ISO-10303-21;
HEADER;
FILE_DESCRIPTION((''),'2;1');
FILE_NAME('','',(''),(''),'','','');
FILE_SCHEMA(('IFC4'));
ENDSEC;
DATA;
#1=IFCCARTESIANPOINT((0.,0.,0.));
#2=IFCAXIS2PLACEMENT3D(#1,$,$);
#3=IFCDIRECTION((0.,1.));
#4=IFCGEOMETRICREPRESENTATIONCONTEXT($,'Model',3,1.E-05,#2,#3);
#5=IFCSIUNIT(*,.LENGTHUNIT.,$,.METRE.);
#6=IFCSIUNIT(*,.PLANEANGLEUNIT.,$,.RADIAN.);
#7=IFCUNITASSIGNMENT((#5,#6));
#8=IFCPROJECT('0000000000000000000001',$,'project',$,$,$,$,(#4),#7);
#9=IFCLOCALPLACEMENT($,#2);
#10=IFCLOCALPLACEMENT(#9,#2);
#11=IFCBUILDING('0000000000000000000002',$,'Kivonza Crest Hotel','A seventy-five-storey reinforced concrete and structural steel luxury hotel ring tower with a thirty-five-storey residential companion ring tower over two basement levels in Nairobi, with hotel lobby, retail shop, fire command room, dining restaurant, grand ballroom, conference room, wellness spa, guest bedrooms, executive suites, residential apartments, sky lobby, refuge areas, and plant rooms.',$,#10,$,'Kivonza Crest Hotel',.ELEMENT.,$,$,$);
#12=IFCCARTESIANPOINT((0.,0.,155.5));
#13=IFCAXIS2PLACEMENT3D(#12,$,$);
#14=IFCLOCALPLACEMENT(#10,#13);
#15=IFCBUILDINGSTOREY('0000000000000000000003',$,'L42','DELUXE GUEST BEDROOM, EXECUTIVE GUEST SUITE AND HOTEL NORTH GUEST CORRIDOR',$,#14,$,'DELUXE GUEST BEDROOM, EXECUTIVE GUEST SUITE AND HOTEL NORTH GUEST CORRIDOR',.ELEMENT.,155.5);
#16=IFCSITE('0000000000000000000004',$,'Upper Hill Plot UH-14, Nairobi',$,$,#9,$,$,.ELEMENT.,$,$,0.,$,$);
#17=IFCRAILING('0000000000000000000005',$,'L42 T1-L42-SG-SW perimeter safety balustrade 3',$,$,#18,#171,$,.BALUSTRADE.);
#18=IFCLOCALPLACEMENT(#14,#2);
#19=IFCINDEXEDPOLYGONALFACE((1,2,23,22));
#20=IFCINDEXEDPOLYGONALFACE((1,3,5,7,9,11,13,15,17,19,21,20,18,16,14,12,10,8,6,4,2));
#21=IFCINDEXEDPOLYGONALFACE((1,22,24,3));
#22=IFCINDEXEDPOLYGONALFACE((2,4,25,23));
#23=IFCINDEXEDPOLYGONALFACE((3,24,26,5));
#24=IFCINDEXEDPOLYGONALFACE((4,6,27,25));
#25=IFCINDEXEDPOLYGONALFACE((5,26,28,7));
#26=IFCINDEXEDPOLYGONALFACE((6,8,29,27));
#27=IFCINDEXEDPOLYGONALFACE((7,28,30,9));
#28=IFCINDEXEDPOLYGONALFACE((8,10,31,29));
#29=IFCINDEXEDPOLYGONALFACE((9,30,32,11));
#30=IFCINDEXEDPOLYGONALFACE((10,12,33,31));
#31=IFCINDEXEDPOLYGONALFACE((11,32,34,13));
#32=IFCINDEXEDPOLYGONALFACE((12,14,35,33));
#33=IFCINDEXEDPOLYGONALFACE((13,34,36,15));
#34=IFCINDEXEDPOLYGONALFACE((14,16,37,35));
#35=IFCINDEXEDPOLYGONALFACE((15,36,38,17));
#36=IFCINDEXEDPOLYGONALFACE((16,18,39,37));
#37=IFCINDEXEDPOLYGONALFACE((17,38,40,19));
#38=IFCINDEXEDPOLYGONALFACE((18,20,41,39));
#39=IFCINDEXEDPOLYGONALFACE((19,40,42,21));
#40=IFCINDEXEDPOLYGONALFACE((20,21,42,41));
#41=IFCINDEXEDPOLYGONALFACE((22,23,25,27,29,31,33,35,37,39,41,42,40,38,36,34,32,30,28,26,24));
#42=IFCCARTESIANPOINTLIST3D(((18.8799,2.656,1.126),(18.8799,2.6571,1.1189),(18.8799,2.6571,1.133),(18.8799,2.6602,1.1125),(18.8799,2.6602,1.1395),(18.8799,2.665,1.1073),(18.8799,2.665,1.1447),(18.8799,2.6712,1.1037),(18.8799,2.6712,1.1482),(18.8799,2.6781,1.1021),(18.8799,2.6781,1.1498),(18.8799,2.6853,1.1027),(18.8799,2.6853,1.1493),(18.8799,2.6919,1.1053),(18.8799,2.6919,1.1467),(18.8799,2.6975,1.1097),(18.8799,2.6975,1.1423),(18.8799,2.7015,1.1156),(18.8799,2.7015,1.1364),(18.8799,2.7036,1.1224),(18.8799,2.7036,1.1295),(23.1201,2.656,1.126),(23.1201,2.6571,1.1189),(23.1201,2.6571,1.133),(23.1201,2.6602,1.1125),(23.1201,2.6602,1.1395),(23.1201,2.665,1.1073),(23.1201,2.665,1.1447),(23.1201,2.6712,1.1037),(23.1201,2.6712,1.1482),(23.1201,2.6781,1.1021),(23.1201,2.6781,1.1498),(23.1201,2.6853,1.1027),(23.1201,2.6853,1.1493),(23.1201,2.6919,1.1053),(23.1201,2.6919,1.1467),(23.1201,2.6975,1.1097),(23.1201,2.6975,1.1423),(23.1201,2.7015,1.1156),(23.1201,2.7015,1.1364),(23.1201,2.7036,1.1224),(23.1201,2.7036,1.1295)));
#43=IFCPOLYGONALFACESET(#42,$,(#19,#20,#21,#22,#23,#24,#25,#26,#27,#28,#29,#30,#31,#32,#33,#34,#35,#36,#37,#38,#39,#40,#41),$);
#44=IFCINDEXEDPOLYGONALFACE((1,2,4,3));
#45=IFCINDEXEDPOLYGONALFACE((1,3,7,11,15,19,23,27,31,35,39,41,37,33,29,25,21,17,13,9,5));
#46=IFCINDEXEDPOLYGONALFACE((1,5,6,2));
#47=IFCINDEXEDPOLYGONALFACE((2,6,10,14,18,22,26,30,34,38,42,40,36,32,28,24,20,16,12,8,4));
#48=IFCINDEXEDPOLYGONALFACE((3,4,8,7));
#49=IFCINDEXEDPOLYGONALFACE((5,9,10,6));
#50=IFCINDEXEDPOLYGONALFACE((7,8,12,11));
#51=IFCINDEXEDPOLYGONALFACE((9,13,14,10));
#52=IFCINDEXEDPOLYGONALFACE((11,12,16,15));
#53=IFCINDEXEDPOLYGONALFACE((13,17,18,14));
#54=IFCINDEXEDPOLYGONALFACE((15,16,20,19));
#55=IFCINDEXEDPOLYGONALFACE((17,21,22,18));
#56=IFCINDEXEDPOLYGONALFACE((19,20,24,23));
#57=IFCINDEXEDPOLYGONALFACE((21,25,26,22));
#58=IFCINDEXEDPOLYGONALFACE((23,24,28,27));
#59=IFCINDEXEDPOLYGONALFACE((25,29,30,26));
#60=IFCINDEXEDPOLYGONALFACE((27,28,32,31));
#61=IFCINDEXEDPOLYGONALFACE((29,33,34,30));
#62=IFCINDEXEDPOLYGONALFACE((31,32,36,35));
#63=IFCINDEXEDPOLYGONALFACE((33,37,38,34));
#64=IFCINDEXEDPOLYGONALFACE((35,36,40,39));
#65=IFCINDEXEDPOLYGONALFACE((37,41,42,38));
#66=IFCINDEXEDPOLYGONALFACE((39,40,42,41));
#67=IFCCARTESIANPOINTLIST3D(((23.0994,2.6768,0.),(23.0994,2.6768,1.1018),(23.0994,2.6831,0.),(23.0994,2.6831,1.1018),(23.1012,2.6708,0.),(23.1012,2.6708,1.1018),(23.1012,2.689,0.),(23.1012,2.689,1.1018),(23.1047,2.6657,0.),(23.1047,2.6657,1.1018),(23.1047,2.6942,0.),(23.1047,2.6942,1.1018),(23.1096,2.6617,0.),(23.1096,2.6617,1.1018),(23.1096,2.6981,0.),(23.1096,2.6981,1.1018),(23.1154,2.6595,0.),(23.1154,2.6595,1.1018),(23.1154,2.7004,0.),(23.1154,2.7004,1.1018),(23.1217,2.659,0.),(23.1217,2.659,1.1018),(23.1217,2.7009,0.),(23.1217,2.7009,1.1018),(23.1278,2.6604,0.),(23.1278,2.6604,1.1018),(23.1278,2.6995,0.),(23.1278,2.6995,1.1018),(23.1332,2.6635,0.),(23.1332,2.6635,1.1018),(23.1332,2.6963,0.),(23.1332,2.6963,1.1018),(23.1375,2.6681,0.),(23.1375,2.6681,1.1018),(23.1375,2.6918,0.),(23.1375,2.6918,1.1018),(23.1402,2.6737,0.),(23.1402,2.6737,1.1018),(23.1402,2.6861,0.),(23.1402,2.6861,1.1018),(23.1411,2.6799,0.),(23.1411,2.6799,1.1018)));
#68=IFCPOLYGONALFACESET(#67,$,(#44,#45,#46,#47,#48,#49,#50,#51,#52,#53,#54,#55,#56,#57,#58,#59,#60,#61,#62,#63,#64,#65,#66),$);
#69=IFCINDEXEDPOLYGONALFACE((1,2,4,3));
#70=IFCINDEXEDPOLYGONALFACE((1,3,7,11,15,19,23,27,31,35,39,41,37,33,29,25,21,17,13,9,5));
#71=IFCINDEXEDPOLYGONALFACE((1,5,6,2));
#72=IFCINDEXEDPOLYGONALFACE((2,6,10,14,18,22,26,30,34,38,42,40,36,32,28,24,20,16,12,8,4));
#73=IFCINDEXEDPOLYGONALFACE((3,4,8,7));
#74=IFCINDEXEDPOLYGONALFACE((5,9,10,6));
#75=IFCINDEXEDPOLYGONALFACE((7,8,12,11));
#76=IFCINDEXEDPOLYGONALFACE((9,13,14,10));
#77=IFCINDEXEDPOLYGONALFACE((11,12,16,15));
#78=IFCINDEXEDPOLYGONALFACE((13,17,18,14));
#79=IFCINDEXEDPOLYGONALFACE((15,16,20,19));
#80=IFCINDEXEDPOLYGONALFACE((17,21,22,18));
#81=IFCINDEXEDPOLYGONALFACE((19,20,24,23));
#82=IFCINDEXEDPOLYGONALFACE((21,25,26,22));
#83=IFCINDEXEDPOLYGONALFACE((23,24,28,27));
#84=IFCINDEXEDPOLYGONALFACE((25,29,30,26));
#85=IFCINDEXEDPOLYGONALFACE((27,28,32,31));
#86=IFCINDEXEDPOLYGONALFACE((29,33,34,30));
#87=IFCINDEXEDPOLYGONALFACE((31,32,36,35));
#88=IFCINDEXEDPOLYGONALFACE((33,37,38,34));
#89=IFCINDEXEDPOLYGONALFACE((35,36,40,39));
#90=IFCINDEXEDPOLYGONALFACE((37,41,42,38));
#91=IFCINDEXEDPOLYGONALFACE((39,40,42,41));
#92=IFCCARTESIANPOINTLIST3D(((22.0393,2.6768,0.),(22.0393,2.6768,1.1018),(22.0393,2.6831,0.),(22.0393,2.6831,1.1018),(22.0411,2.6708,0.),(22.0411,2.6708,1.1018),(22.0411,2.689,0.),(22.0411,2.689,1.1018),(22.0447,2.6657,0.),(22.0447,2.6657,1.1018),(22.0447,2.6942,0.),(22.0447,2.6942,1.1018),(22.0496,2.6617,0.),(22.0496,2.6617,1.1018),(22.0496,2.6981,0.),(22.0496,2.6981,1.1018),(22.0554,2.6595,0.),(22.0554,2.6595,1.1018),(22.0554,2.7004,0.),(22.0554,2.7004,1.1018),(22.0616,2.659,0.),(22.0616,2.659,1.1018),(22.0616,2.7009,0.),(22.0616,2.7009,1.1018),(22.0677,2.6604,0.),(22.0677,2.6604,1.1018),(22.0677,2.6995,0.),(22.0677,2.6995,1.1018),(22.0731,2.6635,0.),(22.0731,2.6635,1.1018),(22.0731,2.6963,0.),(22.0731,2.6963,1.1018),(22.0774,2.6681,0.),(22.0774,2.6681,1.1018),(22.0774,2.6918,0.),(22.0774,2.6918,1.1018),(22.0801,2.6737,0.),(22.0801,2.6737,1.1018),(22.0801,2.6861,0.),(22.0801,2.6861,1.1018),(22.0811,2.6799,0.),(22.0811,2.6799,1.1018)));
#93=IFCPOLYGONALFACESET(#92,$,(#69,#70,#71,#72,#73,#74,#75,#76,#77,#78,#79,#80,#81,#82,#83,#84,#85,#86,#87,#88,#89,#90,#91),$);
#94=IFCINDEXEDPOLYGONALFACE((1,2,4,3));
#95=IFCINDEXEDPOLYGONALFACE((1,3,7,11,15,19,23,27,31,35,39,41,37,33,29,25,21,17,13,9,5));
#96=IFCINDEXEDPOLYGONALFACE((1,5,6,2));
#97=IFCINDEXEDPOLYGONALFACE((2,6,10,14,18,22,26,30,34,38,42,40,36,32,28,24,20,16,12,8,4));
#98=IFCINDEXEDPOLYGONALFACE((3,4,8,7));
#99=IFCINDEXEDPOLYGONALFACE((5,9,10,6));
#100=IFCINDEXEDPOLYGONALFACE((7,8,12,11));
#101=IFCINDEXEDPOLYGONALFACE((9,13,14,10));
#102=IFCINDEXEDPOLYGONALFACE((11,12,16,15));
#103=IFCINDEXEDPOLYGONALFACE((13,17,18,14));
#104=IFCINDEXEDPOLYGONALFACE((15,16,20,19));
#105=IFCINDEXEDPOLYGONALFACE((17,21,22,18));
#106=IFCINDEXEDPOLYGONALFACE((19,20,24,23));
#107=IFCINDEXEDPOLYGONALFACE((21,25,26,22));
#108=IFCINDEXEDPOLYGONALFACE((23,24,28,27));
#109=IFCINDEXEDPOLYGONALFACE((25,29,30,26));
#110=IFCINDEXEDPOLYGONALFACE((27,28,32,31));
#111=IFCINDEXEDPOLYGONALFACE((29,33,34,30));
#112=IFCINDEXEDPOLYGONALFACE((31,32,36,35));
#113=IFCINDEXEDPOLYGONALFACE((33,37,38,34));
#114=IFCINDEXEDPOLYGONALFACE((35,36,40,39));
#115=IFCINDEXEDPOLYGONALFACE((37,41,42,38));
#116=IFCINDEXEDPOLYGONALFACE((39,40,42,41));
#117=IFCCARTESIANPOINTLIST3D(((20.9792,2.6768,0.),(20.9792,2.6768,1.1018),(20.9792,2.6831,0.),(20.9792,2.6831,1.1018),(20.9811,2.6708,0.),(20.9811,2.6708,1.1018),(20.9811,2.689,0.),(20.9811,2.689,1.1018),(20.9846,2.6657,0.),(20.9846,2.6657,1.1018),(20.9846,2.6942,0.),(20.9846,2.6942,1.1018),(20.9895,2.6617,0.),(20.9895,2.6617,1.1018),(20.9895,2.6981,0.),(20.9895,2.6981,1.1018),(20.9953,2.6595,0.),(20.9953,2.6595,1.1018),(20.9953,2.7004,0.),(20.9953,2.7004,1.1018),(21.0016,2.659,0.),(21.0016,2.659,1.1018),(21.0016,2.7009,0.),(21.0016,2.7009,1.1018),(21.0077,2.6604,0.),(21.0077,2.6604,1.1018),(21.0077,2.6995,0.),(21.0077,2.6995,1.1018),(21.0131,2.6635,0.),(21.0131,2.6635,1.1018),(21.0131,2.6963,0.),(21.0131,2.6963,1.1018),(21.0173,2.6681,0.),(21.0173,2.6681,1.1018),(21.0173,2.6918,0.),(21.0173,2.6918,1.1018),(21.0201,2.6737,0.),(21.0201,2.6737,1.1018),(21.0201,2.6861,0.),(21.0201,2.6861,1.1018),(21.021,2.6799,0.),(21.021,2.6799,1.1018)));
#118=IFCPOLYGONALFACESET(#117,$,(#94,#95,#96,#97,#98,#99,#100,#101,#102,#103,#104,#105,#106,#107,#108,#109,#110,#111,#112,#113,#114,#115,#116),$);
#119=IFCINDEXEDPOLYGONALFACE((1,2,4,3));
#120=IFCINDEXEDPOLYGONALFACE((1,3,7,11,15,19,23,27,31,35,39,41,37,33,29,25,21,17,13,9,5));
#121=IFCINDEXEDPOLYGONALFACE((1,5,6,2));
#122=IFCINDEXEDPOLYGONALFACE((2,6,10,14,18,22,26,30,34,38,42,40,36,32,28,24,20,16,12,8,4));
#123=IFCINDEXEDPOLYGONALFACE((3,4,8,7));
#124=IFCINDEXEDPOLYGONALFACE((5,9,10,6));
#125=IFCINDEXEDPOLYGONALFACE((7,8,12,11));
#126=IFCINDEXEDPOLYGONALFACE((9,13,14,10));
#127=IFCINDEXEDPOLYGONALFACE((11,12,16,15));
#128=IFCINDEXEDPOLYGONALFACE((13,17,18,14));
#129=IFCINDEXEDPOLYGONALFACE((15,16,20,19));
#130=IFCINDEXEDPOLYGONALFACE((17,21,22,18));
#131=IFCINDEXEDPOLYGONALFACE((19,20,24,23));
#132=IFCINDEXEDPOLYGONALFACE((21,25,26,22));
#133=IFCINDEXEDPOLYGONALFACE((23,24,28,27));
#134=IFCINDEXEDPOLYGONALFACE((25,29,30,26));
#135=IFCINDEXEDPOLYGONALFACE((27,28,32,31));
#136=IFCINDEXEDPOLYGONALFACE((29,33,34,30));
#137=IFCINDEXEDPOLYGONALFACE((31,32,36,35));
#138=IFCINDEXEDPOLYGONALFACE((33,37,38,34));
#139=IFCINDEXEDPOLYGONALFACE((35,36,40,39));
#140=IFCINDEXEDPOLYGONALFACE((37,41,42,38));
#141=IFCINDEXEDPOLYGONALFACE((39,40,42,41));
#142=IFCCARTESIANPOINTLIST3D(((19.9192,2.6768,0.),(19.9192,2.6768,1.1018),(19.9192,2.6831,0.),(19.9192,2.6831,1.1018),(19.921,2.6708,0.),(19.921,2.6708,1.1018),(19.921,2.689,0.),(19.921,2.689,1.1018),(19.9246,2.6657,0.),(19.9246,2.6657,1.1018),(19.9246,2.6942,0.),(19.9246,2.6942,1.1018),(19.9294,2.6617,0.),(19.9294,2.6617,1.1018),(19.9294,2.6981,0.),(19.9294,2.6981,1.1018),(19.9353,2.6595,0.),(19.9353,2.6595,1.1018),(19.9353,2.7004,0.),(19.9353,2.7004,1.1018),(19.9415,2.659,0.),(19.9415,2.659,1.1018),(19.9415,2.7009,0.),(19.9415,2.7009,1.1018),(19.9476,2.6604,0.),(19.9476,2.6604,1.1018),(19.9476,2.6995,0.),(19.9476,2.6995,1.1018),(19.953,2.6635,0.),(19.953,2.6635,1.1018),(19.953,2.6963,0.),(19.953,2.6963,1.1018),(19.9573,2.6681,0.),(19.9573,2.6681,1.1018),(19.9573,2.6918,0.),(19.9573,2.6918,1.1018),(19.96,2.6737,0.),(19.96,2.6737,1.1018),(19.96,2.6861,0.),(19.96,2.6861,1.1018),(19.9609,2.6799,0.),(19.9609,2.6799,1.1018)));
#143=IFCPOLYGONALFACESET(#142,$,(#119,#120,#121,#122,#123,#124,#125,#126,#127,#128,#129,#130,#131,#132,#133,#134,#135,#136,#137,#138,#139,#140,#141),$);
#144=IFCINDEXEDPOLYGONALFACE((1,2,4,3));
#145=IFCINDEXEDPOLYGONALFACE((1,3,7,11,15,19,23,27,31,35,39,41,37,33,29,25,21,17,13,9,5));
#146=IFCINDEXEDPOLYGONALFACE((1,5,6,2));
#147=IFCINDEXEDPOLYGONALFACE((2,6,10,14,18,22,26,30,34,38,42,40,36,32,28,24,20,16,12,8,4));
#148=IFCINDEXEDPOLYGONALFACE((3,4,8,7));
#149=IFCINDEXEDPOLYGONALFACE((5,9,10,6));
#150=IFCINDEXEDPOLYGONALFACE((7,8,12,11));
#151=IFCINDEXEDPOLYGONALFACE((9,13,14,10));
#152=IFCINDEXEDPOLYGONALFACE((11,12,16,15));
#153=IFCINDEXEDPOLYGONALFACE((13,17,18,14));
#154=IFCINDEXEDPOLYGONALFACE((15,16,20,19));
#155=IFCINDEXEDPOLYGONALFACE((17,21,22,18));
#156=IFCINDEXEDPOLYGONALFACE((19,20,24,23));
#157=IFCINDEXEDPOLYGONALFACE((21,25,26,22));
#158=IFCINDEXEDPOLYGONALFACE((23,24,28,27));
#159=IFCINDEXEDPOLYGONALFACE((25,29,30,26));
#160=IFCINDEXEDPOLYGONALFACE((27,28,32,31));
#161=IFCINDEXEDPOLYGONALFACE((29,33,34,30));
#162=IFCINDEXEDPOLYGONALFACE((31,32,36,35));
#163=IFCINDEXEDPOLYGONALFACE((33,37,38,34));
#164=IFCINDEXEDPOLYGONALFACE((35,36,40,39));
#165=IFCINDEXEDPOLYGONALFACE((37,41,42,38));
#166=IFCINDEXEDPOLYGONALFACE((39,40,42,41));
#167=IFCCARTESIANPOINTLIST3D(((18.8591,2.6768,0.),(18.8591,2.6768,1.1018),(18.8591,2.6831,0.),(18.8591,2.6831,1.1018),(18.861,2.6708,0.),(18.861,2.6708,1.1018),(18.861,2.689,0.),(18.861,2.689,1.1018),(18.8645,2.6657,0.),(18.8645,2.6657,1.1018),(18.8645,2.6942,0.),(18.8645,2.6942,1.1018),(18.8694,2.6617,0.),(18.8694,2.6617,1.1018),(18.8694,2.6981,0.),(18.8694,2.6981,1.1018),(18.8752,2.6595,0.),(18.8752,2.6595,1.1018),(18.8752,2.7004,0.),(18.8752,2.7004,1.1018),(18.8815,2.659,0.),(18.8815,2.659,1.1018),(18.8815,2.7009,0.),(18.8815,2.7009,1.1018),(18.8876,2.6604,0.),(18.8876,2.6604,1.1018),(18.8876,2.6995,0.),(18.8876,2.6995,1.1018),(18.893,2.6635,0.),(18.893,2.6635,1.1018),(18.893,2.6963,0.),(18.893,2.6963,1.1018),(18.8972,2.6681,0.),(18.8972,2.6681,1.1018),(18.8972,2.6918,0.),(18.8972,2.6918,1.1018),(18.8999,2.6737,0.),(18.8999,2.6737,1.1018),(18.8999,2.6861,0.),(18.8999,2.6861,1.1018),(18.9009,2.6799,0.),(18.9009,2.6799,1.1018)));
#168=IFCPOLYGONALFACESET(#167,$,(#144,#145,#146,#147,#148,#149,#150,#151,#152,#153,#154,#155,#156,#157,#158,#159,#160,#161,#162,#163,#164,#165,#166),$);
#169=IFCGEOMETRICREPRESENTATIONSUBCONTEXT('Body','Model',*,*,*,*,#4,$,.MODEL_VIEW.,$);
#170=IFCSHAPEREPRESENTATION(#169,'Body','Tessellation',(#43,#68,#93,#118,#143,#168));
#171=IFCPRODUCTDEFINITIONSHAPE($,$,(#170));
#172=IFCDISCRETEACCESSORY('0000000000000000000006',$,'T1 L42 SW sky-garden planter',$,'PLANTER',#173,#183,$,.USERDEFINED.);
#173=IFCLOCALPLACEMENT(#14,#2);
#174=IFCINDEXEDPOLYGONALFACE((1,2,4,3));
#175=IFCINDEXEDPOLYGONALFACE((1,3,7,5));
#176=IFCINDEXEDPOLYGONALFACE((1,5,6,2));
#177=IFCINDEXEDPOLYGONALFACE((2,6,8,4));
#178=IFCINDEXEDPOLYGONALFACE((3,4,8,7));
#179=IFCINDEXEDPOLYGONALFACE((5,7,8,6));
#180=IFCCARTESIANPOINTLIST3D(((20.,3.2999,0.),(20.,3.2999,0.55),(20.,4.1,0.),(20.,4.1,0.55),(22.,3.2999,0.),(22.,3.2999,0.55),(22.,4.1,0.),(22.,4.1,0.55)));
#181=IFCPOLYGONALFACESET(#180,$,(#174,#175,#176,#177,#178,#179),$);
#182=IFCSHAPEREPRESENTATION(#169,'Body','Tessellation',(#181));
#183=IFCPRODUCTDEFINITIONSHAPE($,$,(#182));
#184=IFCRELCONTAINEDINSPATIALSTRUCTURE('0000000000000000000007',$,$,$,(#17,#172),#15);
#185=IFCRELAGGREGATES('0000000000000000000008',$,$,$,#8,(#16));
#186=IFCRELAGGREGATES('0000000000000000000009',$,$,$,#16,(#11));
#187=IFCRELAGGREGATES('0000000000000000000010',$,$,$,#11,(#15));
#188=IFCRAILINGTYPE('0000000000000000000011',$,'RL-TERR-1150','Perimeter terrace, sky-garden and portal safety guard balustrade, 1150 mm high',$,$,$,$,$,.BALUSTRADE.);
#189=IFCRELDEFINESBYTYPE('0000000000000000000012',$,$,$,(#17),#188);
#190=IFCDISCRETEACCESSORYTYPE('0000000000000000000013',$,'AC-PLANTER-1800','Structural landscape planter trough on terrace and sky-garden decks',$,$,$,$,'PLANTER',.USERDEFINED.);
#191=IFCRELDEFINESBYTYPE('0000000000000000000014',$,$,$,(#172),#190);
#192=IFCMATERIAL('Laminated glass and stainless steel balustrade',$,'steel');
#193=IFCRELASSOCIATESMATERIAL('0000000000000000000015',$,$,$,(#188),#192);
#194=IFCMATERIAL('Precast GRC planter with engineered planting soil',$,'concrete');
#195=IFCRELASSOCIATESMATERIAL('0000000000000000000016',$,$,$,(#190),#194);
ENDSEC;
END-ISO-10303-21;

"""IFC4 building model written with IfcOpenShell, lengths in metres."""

from ifc_helpers import new_model, si_unit, direction, frame, origin, origin_2d, place, context, subcontext, project, spatial, rectangle, circle, extrude, material, type_object, element, save


model = new_model("IFC4")

# Units and contexts
model_context = context("Model", 3, precision=1e-05, world=origin(), true_north=direction((0.0, 1.0)))
body_context = subcontext(model_context, "Body", "Model", "MODEL_VIEW")
ifc_project = project(units=[si_unit("LENGTHUNIT", "METRE"), si_unit("PLANEANGLEUNIT", "RADIAN")], contexts=[model_context])

# Site, building, storey
site_placement = place(None, origin())
site = spatial("IfcSite", under=ifc_project, at=site_placement, Name="Upper Hill Plot UH-14, Nairobi", CompositionType="ELEMENT", RefElevation=0.0)
building_placement = place(site_placement, origin())
building = spatial("IfcBuilding", under=site, at=building_placement, Name="Kivonza Crest Hotel", Description="A seventy-five-storey reinforced concrete and structural steel luxury hotel ring tower with a thirty-five-storey residential companion ring tower over two basement levels in Nairobi, with hotel lobby, retail shop, fire command room, dining restaurant, grand ballroom, conference room, wellness spa, guest bedrooms, executive suites, residential apartments, sky lobby, refuge areas, and plant rooms.", LongName="Kivonza Crest Hotel", CompositionType="ELEMENT")
storey_placement = place(building_placement, frame((0.0, 0.0, 155.5)))
storey = spatial("IfcBuildingStorey", under=building, at=storey_placement, Name="L42", Description="DELUXE GUEST BEDROOM, EXECUTIVE GUEST SUITE AND HOTEL NORTH GUEST CORRIDOR", LongName="DELUXE GUEST BEDROOM, EXECUTIVE GUEST SUITE AND HOTEL NORTH GUEST CORRIDOR", CompositionType="ELEMENT", Elevation=155.5)

# Railing
ifc_material_1 = material(Name="Laminated glass and stainless steel balustrade", Category="steel")
railing_type = type_object("IfcRailingType", Name="RL-TERR-1150", Description="Perimeter terrace, sky-garden and portal safety guard balustrade, 1150 mm high", PredefinedType="BALUSTRADE", material=ifc_material_1)
railing_1_placement = place(storey_placement, frame((23.1201, 2.6799, 0.0)))
element("IfcRailing", 1, at=railing_1_placement, inside=storey, type_object=railing_type, Name="L42 T1-L42-SG-SW perimeter safety balustrade 3", PredefinedType="BALUSTRADE", context=body_context, shape_type="SweptSolid", body=[
    extrude(circle(Radius=0.0239, at=origin_2d()), frame((0.0, 0.0, 1.126), z_axis=(-1.0, 0.0, 0.0), x_axis=(0.0, -1.0, 0.0)), (0.0, 0.0, 1.0), 4.2402),
    extrude(circle(Radius=0.021, at=origin_2d()), origin(), (0.0, 0.0, 1.0), 1.1018),
    extrude(circle(Radius=0.021, at=origin_2d()), frame((-1.0601, 0.0, 0.0)), (0.0, 0.0, 1.0), 1.1018),
    extrude(circle(Radius=0.021, at=origin_2d()), frame((-2.1201, 0.0, 0.0)), (0.0, 0.0, 1.0), 1.1018),
    extrude(circle(Radius=0.021, at=origin_2d()), frame((-3.1802, 0.0, 0.0)), (0.0, 0.0, 1.0), 1.1018),
    extrude(circle(Radius=0.021, at=origin_2d()), frame((-4.2402, 0.0, 0.0)), (0.0, 0.0, 1.0), 1.1018),
])

# Discrete accessory
ifc_material_2 = material(Name="Precast GRC planter with engineered planting soil", Category="concrete")
discrete_accessory_type = type_object("IfcDiscreteAccessoryType", Name="AC-PLANTER-1800", Description="Structural landscape planter trough on terrace and sky-garden decks", ElementType="PLANTER", PredefinedType="USERDEFINED", material=ifc_material_2)
discrete_accessory_placement = place(storey_placement, frame((21.0, 3.7, 0.0), z_axis=(0.0, 0.0, 1.0), x_axis=(1.0, 0.0, 0.0)))
element("IfcDiscreteAccessory", 2, at=discrete_accessory_placement, inside=storey, type_object=discrete_accessory_type, Name="T1 L42 SW sky-garden planter", ObjectType="PLANTER", PredefinedType="USERDEFINED", context=body_context, shape_type="SweptSolid", body=[
    extrude(rectangle(XDim=2.0, YDim=0.8, at=origin_2d()), origin(), (0.0, 0.0, 1.0), 0.55),
])

save(model, "model.ifc")
